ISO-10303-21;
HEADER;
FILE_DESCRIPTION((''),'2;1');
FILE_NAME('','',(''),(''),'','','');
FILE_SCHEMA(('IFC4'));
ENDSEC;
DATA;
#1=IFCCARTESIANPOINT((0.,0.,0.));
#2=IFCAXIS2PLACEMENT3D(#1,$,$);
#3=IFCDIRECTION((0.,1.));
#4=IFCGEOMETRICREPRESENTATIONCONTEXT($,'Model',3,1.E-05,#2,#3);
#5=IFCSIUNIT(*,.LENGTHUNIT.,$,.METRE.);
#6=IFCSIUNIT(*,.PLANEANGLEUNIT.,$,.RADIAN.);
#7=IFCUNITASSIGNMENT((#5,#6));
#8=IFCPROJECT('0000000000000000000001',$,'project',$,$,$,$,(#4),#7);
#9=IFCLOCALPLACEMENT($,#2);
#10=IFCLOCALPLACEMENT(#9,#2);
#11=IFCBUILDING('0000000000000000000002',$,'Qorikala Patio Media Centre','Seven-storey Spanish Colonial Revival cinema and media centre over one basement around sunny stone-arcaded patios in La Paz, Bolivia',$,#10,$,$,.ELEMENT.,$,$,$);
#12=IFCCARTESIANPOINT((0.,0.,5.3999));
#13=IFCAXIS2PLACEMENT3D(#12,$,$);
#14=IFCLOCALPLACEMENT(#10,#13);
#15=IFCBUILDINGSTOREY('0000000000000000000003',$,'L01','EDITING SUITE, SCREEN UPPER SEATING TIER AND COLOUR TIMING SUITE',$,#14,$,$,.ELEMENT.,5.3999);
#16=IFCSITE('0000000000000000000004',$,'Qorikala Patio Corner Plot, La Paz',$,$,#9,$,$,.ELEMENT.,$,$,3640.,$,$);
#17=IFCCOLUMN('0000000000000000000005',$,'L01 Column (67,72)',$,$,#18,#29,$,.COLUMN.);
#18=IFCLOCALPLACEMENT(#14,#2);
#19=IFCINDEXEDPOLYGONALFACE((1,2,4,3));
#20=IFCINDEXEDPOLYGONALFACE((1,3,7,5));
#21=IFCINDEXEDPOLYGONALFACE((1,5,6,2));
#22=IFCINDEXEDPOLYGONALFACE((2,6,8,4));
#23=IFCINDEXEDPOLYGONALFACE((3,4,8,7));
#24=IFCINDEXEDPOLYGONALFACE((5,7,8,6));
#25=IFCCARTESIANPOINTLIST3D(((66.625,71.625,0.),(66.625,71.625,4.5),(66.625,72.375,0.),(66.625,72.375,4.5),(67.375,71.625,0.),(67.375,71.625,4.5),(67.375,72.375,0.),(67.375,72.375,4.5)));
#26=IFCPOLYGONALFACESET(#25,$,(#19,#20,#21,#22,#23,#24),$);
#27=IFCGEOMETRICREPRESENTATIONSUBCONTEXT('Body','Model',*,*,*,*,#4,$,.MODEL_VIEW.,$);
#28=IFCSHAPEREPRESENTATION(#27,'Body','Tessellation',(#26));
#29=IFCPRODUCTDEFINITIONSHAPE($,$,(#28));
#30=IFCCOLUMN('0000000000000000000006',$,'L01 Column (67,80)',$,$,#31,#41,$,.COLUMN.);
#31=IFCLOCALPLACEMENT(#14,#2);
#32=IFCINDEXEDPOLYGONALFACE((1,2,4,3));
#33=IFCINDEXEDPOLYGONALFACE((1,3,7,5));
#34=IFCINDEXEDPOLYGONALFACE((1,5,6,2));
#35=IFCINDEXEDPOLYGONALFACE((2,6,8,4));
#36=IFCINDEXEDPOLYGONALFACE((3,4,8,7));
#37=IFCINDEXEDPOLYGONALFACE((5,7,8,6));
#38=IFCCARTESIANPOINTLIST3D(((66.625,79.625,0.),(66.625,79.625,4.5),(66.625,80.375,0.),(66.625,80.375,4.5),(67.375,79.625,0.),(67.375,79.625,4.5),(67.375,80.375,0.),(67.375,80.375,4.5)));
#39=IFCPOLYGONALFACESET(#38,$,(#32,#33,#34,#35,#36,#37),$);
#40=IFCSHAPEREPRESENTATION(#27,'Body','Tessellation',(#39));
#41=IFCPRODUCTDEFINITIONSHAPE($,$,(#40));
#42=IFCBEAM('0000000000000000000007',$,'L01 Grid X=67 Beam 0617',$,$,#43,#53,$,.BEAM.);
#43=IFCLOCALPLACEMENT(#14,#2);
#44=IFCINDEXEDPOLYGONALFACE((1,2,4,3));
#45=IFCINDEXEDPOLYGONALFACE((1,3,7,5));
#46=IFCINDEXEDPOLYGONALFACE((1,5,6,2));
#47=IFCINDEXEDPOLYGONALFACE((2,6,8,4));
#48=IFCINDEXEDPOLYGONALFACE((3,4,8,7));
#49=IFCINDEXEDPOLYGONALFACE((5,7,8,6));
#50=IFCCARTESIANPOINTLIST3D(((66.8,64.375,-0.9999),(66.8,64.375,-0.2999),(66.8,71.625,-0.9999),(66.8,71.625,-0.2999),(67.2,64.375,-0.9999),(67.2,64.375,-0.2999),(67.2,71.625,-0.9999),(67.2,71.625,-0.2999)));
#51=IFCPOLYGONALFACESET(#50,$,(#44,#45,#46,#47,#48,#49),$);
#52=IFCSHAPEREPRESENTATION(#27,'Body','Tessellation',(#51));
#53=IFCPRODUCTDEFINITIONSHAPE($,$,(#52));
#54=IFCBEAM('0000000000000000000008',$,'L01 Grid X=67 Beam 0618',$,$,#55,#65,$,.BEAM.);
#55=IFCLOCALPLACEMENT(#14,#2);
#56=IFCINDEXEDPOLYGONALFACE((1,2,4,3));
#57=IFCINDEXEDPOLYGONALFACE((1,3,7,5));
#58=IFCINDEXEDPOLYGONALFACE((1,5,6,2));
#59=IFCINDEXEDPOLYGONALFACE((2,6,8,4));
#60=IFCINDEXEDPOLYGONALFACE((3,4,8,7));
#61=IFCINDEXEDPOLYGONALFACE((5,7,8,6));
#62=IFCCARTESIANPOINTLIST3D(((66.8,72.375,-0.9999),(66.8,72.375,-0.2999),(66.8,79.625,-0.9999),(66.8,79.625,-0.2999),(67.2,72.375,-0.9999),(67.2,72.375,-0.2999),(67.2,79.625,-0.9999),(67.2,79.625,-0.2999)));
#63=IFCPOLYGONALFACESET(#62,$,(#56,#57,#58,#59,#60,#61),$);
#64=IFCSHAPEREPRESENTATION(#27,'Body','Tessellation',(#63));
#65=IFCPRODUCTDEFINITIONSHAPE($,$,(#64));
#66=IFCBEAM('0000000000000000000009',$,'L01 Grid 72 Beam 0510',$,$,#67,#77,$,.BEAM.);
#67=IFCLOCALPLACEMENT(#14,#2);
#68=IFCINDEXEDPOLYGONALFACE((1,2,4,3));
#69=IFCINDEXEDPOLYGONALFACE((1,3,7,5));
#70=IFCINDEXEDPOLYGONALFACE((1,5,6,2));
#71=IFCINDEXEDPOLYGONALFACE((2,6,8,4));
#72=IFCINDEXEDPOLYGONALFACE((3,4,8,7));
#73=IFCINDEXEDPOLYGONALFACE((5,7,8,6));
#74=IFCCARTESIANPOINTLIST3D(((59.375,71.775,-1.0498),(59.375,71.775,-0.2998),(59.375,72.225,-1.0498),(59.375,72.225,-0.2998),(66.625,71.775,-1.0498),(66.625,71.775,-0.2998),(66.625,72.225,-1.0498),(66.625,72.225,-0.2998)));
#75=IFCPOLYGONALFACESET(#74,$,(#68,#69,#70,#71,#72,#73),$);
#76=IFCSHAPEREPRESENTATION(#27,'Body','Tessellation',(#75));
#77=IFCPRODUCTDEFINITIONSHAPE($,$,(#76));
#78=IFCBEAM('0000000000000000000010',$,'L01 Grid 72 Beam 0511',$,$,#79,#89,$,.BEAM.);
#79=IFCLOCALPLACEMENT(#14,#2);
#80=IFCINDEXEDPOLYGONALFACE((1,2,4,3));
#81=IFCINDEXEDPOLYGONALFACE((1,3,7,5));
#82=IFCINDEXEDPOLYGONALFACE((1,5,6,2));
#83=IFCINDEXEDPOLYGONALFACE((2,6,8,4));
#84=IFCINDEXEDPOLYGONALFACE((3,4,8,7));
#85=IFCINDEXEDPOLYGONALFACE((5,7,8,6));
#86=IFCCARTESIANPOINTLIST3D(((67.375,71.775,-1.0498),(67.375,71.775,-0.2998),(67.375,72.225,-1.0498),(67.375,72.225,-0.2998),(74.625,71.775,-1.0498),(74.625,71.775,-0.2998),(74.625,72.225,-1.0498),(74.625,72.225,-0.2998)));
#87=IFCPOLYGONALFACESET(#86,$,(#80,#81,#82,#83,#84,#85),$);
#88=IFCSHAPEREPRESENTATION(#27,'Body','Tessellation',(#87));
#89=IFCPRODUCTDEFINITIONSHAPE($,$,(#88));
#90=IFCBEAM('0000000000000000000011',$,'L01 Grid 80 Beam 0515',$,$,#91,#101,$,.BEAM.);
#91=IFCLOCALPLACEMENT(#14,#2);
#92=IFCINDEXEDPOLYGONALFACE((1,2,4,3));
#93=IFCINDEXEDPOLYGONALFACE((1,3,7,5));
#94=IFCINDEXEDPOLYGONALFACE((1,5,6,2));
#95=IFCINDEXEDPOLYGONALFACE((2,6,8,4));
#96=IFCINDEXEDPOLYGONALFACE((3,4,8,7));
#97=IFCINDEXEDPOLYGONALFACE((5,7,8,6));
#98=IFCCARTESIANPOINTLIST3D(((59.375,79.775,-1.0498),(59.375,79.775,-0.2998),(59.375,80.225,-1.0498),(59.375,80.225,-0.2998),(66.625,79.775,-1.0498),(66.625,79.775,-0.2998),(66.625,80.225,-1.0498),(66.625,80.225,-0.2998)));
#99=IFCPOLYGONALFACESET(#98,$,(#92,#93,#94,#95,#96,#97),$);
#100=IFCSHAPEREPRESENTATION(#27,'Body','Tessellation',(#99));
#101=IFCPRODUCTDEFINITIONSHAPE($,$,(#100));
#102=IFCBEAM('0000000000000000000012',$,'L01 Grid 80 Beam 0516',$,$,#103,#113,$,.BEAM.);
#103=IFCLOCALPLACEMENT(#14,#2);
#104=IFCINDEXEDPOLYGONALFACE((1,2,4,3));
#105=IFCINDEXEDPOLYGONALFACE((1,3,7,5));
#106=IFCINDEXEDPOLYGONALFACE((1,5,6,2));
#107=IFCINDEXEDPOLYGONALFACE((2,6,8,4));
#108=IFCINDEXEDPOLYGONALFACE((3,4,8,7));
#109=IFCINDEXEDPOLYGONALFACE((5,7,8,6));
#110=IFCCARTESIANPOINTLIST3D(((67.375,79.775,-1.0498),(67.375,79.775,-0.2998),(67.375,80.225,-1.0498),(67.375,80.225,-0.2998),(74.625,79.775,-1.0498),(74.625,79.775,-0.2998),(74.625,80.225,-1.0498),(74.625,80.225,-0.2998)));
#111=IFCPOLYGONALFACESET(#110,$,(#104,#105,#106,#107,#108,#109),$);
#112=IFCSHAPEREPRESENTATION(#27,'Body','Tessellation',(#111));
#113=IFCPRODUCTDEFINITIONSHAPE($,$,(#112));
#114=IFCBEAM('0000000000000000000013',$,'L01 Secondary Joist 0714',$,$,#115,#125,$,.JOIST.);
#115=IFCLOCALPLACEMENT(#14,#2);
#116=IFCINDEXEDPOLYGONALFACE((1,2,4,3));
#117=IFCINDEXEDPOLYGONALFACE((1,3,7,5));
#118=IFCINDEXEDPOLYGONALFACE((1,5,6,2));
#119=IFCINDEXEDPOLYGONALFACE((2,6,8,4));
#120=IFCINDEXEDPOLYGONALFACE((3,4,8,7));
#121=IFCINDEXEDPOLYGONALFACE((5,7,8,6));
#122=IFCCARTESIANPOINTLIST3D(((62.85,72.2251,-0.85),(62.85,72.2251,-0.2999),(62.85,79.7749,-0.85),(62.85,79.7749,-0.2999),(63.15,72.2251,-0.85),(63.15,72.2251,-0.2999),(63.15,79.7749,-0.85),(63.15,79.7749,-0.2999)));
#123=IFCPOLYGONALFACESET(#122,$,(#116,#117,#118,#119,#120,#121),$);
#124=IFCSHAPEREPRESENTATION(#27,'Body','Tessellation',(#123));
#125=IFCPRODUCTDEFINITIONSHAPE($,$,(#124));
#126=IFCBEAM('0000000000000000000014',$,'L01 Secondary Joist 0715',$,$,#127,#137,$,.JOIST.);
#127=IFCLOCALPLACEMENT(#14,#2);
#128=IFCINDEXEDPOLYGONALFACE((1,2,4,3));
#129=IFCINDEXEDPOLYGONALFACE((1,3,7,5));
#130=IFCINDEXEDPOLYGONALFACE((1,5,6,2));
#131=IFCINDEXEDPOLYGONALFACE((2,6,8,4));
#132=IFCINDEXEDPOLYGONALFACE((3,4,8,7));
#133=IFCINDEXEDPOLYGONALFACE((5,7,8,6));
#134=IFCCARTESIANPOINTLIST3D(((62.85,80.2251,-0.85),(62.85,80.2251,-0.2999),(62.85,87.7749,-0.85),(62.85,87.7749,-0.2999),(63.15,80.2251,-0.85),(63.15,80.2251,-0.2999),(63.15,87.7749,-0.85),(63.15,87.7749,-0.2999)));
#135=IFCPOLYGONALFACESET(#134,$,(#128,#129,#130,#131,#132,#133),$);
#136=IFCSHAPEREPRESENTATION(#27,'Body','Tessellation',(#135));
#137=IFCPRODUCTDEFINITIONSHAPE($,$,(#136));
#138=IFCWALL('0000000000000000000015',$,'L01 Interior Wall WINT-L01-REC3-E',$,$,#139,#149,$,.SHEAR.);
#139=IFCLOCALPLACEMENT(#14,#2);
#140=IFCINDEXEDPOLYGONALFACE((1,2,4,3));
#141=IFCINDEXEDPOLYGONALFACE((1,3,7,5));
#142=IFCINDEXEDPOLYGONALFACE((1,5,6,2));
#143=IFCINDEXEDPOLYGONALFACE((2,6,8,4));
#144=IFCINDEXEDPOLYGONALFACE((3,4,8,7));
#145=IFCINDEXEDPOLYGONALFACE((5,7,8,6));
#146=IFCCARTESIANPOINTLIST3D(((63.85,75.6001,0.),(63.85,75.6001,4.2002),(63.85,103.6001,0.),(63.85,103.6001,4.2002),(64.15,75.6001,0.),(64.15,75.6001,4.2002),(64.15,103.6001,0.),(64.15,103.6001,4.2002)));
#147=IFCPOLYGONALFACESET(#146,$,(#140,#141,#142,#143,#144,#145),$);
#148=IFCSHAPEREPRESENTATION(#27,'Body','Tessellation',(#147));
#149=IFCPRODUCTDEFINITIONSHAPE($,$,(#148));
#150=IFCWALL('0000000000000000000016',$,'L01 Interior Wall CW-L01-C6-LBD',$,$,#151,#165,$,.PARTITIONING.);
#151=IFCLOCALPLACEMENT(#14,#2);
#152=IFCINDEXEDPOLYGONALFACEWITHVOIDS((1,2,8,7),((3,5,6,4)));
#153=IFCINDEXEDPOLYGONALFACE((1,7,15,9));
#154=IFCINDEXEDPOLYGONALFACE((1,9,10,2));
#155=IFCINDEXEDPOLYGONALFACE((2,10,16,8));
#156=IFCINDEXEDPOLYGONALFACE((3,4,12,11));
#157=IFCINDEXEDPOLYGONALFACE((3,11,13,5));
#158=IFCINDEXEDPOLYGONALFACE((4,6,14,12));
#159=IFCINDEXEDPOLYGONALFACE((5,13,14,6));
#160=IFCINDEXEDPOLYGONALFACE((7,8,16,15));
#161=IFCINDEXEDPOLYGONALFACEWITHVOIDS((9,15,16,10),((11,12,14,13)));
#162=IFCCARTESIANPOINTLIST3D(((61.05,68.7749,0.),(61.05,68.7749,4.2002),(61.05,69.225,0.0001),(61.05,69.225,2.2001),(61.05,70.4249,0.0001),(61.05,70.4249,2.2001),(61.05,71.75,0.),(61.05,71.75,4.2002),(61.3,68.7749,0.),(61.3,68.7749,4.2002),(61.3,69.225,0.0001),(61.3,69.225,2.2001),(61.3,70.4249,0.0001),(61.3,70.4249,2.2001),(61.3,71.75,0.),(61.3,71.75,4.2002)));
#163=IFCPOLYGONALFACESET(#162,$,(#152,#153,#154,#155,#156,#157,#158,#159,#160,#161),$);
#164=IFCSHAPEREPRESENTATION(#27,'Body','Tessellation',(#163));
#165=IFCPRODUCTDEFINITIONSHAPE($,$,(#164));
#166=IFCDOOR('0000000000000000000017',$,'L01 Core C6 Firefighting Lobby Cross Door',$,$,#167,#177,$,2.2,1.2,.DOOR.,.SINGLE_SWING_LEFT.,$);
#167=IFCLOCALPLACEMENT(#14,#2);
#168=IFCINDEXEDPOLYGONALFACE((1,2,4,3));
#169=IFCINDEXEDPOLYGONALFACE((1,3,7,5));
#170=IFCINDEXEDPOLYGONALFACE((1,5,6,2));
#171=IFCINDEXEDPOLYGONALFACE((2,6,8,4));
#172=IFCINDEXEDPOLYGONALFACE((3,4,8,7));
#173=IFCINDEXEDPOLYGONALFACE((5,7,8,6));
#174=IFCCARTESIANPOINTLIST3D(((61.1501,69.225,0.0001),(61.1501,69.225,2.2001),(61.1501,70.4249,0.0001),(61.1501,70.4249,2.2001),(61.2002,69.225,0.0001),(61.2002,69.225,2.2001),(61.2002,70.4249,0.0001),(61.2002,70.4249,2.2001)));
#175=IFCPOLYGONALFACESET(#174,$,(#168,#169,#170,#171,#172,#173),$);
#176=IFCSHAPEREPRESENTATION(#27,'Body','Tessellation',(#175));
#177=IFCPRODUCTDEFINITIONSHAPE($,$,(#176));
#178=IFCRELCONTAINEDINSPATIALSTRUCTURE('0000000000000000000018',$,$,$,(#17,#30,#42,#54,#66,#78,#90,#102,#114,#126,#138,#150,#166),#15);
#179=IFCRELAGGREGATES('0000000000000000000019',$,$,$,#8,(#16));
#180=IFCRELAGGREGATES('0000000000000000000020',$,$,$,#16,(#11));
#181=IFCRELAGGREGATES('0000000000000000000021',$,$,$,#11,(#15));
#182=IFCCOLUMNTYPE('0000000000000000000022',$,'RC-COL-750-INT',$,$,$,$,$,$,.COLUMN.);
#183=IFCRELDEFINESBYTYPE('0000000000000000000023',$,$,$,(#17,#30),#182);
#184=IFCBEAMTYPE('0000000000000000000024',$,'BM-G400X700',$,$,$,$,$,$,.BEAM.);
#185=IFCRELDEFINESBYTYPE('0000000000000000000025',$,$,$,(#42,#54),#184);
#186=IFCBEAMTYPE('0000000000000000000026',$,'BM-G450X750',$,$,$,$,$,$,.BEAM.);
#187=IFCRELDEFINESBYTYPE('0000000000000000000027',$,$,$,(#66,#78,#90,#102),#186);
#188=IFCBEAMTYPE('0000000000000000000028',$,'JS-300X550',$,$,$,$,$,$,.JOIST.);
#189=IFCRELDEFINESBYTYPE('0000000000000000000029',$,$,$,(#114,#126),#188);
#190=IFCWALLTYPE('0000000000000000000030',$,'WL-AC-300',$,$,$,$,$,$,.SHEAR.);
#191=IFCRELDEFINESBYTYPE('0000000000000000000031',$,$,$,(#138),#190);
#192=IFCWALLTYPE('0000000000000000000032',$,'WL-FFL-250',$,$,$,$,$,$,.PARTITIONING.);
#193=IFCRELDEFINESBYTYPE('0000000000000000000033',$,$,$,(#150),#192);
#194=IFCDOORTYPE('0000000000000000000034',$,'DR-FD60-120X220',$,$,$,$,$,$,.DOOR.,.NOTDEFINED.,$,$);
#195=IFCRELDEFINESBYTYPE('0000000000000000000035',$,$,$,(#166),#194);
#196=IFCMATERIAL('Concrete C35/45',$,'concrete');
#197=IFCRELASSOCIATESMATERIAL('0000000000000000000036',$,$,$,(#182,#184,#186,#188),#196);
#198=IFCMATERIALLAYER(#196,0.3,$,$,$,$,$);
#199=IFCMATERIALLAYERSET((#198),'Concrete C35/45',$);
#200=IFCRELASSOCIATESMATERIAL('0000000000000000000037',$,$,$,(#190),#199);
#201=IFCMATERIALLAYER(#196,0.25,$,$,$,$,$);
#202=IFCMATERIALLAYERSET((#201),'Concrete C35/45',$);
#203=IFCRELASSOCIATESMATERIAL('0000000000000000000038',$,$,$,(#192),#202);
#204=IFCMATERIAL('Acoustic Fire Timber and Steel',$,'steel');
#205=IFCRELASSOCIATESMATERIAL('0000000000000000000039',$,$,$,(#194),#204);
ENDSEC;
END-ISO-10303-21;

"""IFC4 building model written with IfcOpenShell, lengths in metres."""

from ifc_helpers import new_model, si_unit, direction, frame, frame_2d, origin, origin_2d, place, context, subcontext, project, spatial, rectangle, extrude, material, layer, layer_set, material_profile, profile_set, type_object, element, fill, save


model = new_model("IFC4")

# Units and contexts
model_context = context("Model", 3, precision=1e-05, world=origin(), true_north=direction((0.0, 1.0)))
body_context = subcontext(model_context, "Body", "Model", "MODEL_VIEW")
ifc_project = project(units=[si_unit("LENGTHUNIT", "METRE"), si_unit("PLANEANGLEUNIT", "RADIAN")], contexts=[model_context])

# Site, building, storey
site_placement = place(None, origin())
site = spatial("IfcSite", under=ifc_project, at=site_placement, Name="Qorikala Patio Corner Plot, La Paz", CompositionType="ELEMENT", RefElevation=3640.0)
building_placement = place(site_placement, origin())
building = spatial("IfcBuilding", under=site, at=building_placement, Name="Qorikala Patio Media Centre", Description="Seven-storey Spanish Colonial Revival cinema and media centre over one basement around sunny stone-arcaded patios in La Paz, Bolivia", CompositionType="ELEMENT")
storey_placement = place(building_placement, frame((0.0, 0.0, 5.3999)))
storey = spatial("IfcBuildingStorey", under=building, at=storey_placement, Name="L01", Description="EDITING SUITE, SCREEN UPPER SEATING TIER AND COLOUR TIMING SUITE", CompositionType="ELEMENT", Elevation=5.3999)

# Columns
ifc_material_1 = material(Name="Concrete C35/45", Category="concrete")
ifc_material_profile_1 = material_profile(ifc_material_1, rectangle(XDim=0.75, YDim=0.75, at=origin_2d()), Name="RC 750x750")
ifc_profile_set_1 = profile_set([ifc_material_profile_1], Name="Concrete C35/45")
column_type = type_object("IfcColumnType", Name="RC-COL-750-INT", PredefinedType="COLUMN", material=ifc_profile_set_1)
for number, where, z_axis, x_axis, name in (
    (1, (67.0, 72.0, 0.0), (0.0, 0.0, 1.0), (1.0, 0.0, 0.0), "L01 Column (67,72)"),
    (2, (67.0, 80.0, 0.0), (0.0, 0.0, 1.0), (1.0, 0.0, 0.0), "L01 Column (67,80)"),
):
    element("IfcColumn", number, at=place(storey_placement, frame(where, z_axis=z_axis, x_axis=x_axis)), inside=storey, type_object=column_type, Name=name, PredefinedType="COLUMN", context=body_context, shape_type="SweptSolid", body=[
        extrude(rectangle(XDim=0.75, YDim=0.75, at=origin_2d()), origin(), (0.0, 0.0, 1.0), 4.5),
    ])

# Beams
ifc_material_profile_2 = material_profile(ifc_material_1, rectangle(XDim=0.3999, YDim=0.7, at=origin_2d()), Name="RC 400x700")
ifc_profile_set_2 = profile_set([ifc_material_profile_2], Name="Concrete C35/45")
beam_type_1 = type_object("IfcBeamType", Name="BM-G400X700", PredefinedType="BEAM", material=ifc_profile_set_2)
for number, where, z_axis, x_axis, name in (
    (3, (67.0, 64.375, -0.6499), (0.0, 1.0, 0.0), (-1.0, 0.0, 0.0), "L01 Grid X=67 Beam 0617"),
    (4, (67.0, 72.375, -0.6499), (0.0, 1.0, 0.0), (-1.0, 0.0, 0.0), "L01 Grid X=67 Beam 0618"),
):
    element("IfcBeam", number, at=place(storey_placement, frame(where, z_axis=z_axis, x_axis=x_axis)), inside=storey, type_object=beam_type_1, Name=name, PredefinedType="BEAM", context=body_context, shape_type="SweptSolid", body=[
        extrude(rectangle(XDim=0.3999, YDim=0.7, at=origin_2d()), origin(), (0.0, 0.0, 1.0), 7.25),
    ])
ifc_material_profile_3 = material_profile(ifc_material_1, rectangle(XDim=0.45, YDim=0.75, at=origin_2d()), Name="RC 450x750")
ifc_profile_set_3 = profile_set([ifc_material_profile_3], Name="Concrete C35/45")
beam_type_2 = type_object("IfcBeamType", Name="BM-G450X750", PredefinedType="BEAM", material=ifc_profile_set_3)
for number, where, z_axis, x_axis, name in (
    (5, (59.375, 72.0, -0.6748), (1.0, 0.0, 0.0), (0.0, 1.0, 0.0), "L01 Grid 72 Beam 0510"),
    (6, (67.375, 72.0, -0.6748), (1.0, 0.0, 0.0), (0.0, 1.0, 0.0), "L01 Grid 72 Beam 0511"),
    (7, (59.375, 80.0, -0.6748), (1.0, 0.0, 0.0), (0.0, 1.0, 0.0), "L01 Grid 80 Beam 0515"),
    (8, (67.375, 80.0, -0.6748), (1.0, 0.0, 0.0), (0.0, 1.0, 0.0), "L01 Grid 80 Beam 0516"),
):
    element("IfcBeam", number, at=place(storey_placement, frame(where, z_axis=z_axis, x_axis=x_axis)), inside=storey, type_object=beam_type_2, Name=name, PredefinedType="BEAM", context=body_context, shape_type="SweptSolid", body=[
        extrude(rectangle(XDim=0.45, YDim=0.75, at=origin_2d()), origin(), (0.0, 0.0, 1.0), 7.25),
    ])
ifc_material_profile_4 = material_profile(ifc_material_1, rectangle(XDim=0.3, YDim=0.55, at=origin_2d()), Name="RC 300x550")
ifc_profile_set_4 = profile_set([ifc_material_profile_4], Name="Concrete C35/45")
beam_type_3 = type_object("IfcBeamType", Name="JS-300X550", PredefinedType="JOIST", material=ifc_profile_set_4)
for number, where, z_axis, x_axis, name in (
    (9, (63.0, 72.2251, -0.575), (0.0, 1.0, 0.0), (-1.0, 0.0, 0.0), "L01 Secondary Joist 0714"),
    (10, (63.0, 80.2251, -0.575), (0.0, 1.0, 0.0), (-1.0, 0.0, 0.0), "L01 Secondary Joist 0715"),
):
    element("IfcBeam", number, at=place(storey_placement, frame(where, z_axis=z_axis, x_axis=x_axis)), inside=storey, type_object=beam_type_3, Name=name, PredefinedType="JOIST", context=body_context, shape_type="SweptSolid", body=[
        extrude(rectangle(XDim=0.3, YDim=0.55, at=origin_2d()), origin(), (0.0, 0.0, 1.0), 7.5498),
    ])

# Wall
ifc_layer_1 = layer(ifc_material_1, 0.3)
ifc_layer_set_1 = layer_set([ifc_layer_1], Name="Concrete C35/45")
wall_type_1 = type_object("IfcWallType", Name="WL-AC-300", PredefinedType="SHEAR", material=ifc_layer_set_1)
wall_1_placement = place(storey_placement, frame((64.0, 75.6001, 0.0), z_axis=(0.0, 0.0, 1.0), x_axis=(0.0, 1.0, 0.0)))
element("IfcWall", 11, at=wall_1_placement, inside=storey, type_object=wall_type_1, Name="L01 Interior Wall WINT-L01-REC3-E", PredefinedType="SHEAR", context=body_context, shape_type="SweptSolid", body=[
    extrude(rectangle(XDim=28.0, YDim=0.3, at=frame_2d((14.0, 0.0))), origin(), (0.0, 0.0, 1.0), 4.2002),
])

# Wall, opening, door
ifc_layer_2 = layer(ifc_material_1, 0.25)
ifc_layer_set_2 = layer_set([ifc_layer_2], Name="Concrete C35/45")
wall_type_2 = type_object("IfcWallType", Name="WL-FFL-250", PredefinedType="PARTITIONING", material=ifc_layer_set_2)
wall_2_placement = place(storey_placement, frame((61.175, 68.7749, 0.0), z_axis=(0.0, 0.0, 1.0), x_axis=(0.0, 1.0, 0.0)))
wall_2 = element("IfcWall", 12, at=wall_2_placement, inside=storey, type_object=wall_type_2, Name="L01 Interior Wall CW-L01-C6-LBD", PredefinedType="PARTITIONING", context=body_context, shape_type="SweptSolid", body=[
    extrude(rectangle(XDim=2.9751, YDim=0.25, at=frame_2d((1.4875, 0.0))), origin(), (0.0, 0.0, 1.0), 4.2002),
])
opening_1_placement = place(wall_2_placement, frame((0.45, 0.0, 0.0)))
opening_1 = element("IfcOpeningElement", 13, at=opening_1_placement, cuts=wall_2, PredefinedType="OPENING", context=body_context, shape_type="SweptSolid", body=[
    extrude(rectangle(XDim=1.2, YDim=2.2, at=frame_2d((0.6001, 1.1001))), frame((0.0, 0.135, 0.0), z_axis=(0.0, -1.0, 0.0), x_axis=(1.0, 0.0, 0.0)), (0.0, 0.0, 1.0), 0.27),
])
ifc_material_2 = material(Name="Acoustic Fire Timber and Steel", Category="steel")
door_type_1 = type_object("IfcDoorType", Name="DR-FD60-120X220", OperationType="NOTDEFINED", PredefinedType="DOOR", material=ifc_material_2)
door_1_placement = place(opening_1_placement, origin())
door_1 = element("IfcDoor", 14, at=door_1_placement, inside=storey, type_object=door_type_1, Name="L01 Core C6 Firefighting Lobby Cross Door", OperationType="SINGLE_SWING_LEFT", OverallHeight=2.2, OverallWidth=1.2, PredefinedType="DOOR", context=body_context, shape_type="SweptSolid", body=[
    extrude(rectangle(XDim=1.2, YDim=2.2, at=frame_2d((0.6001, 1.1001))), frame((0.0, 0.0249, 0.0), z_axis=(0.0, -1.0, 0.0), x_axis=(1.0, 0.0, 0.0)), (0.0, 0.0, 1.0), 0.05),
])
fill(opening_1, door_1)

save(model, "model.ifc")
